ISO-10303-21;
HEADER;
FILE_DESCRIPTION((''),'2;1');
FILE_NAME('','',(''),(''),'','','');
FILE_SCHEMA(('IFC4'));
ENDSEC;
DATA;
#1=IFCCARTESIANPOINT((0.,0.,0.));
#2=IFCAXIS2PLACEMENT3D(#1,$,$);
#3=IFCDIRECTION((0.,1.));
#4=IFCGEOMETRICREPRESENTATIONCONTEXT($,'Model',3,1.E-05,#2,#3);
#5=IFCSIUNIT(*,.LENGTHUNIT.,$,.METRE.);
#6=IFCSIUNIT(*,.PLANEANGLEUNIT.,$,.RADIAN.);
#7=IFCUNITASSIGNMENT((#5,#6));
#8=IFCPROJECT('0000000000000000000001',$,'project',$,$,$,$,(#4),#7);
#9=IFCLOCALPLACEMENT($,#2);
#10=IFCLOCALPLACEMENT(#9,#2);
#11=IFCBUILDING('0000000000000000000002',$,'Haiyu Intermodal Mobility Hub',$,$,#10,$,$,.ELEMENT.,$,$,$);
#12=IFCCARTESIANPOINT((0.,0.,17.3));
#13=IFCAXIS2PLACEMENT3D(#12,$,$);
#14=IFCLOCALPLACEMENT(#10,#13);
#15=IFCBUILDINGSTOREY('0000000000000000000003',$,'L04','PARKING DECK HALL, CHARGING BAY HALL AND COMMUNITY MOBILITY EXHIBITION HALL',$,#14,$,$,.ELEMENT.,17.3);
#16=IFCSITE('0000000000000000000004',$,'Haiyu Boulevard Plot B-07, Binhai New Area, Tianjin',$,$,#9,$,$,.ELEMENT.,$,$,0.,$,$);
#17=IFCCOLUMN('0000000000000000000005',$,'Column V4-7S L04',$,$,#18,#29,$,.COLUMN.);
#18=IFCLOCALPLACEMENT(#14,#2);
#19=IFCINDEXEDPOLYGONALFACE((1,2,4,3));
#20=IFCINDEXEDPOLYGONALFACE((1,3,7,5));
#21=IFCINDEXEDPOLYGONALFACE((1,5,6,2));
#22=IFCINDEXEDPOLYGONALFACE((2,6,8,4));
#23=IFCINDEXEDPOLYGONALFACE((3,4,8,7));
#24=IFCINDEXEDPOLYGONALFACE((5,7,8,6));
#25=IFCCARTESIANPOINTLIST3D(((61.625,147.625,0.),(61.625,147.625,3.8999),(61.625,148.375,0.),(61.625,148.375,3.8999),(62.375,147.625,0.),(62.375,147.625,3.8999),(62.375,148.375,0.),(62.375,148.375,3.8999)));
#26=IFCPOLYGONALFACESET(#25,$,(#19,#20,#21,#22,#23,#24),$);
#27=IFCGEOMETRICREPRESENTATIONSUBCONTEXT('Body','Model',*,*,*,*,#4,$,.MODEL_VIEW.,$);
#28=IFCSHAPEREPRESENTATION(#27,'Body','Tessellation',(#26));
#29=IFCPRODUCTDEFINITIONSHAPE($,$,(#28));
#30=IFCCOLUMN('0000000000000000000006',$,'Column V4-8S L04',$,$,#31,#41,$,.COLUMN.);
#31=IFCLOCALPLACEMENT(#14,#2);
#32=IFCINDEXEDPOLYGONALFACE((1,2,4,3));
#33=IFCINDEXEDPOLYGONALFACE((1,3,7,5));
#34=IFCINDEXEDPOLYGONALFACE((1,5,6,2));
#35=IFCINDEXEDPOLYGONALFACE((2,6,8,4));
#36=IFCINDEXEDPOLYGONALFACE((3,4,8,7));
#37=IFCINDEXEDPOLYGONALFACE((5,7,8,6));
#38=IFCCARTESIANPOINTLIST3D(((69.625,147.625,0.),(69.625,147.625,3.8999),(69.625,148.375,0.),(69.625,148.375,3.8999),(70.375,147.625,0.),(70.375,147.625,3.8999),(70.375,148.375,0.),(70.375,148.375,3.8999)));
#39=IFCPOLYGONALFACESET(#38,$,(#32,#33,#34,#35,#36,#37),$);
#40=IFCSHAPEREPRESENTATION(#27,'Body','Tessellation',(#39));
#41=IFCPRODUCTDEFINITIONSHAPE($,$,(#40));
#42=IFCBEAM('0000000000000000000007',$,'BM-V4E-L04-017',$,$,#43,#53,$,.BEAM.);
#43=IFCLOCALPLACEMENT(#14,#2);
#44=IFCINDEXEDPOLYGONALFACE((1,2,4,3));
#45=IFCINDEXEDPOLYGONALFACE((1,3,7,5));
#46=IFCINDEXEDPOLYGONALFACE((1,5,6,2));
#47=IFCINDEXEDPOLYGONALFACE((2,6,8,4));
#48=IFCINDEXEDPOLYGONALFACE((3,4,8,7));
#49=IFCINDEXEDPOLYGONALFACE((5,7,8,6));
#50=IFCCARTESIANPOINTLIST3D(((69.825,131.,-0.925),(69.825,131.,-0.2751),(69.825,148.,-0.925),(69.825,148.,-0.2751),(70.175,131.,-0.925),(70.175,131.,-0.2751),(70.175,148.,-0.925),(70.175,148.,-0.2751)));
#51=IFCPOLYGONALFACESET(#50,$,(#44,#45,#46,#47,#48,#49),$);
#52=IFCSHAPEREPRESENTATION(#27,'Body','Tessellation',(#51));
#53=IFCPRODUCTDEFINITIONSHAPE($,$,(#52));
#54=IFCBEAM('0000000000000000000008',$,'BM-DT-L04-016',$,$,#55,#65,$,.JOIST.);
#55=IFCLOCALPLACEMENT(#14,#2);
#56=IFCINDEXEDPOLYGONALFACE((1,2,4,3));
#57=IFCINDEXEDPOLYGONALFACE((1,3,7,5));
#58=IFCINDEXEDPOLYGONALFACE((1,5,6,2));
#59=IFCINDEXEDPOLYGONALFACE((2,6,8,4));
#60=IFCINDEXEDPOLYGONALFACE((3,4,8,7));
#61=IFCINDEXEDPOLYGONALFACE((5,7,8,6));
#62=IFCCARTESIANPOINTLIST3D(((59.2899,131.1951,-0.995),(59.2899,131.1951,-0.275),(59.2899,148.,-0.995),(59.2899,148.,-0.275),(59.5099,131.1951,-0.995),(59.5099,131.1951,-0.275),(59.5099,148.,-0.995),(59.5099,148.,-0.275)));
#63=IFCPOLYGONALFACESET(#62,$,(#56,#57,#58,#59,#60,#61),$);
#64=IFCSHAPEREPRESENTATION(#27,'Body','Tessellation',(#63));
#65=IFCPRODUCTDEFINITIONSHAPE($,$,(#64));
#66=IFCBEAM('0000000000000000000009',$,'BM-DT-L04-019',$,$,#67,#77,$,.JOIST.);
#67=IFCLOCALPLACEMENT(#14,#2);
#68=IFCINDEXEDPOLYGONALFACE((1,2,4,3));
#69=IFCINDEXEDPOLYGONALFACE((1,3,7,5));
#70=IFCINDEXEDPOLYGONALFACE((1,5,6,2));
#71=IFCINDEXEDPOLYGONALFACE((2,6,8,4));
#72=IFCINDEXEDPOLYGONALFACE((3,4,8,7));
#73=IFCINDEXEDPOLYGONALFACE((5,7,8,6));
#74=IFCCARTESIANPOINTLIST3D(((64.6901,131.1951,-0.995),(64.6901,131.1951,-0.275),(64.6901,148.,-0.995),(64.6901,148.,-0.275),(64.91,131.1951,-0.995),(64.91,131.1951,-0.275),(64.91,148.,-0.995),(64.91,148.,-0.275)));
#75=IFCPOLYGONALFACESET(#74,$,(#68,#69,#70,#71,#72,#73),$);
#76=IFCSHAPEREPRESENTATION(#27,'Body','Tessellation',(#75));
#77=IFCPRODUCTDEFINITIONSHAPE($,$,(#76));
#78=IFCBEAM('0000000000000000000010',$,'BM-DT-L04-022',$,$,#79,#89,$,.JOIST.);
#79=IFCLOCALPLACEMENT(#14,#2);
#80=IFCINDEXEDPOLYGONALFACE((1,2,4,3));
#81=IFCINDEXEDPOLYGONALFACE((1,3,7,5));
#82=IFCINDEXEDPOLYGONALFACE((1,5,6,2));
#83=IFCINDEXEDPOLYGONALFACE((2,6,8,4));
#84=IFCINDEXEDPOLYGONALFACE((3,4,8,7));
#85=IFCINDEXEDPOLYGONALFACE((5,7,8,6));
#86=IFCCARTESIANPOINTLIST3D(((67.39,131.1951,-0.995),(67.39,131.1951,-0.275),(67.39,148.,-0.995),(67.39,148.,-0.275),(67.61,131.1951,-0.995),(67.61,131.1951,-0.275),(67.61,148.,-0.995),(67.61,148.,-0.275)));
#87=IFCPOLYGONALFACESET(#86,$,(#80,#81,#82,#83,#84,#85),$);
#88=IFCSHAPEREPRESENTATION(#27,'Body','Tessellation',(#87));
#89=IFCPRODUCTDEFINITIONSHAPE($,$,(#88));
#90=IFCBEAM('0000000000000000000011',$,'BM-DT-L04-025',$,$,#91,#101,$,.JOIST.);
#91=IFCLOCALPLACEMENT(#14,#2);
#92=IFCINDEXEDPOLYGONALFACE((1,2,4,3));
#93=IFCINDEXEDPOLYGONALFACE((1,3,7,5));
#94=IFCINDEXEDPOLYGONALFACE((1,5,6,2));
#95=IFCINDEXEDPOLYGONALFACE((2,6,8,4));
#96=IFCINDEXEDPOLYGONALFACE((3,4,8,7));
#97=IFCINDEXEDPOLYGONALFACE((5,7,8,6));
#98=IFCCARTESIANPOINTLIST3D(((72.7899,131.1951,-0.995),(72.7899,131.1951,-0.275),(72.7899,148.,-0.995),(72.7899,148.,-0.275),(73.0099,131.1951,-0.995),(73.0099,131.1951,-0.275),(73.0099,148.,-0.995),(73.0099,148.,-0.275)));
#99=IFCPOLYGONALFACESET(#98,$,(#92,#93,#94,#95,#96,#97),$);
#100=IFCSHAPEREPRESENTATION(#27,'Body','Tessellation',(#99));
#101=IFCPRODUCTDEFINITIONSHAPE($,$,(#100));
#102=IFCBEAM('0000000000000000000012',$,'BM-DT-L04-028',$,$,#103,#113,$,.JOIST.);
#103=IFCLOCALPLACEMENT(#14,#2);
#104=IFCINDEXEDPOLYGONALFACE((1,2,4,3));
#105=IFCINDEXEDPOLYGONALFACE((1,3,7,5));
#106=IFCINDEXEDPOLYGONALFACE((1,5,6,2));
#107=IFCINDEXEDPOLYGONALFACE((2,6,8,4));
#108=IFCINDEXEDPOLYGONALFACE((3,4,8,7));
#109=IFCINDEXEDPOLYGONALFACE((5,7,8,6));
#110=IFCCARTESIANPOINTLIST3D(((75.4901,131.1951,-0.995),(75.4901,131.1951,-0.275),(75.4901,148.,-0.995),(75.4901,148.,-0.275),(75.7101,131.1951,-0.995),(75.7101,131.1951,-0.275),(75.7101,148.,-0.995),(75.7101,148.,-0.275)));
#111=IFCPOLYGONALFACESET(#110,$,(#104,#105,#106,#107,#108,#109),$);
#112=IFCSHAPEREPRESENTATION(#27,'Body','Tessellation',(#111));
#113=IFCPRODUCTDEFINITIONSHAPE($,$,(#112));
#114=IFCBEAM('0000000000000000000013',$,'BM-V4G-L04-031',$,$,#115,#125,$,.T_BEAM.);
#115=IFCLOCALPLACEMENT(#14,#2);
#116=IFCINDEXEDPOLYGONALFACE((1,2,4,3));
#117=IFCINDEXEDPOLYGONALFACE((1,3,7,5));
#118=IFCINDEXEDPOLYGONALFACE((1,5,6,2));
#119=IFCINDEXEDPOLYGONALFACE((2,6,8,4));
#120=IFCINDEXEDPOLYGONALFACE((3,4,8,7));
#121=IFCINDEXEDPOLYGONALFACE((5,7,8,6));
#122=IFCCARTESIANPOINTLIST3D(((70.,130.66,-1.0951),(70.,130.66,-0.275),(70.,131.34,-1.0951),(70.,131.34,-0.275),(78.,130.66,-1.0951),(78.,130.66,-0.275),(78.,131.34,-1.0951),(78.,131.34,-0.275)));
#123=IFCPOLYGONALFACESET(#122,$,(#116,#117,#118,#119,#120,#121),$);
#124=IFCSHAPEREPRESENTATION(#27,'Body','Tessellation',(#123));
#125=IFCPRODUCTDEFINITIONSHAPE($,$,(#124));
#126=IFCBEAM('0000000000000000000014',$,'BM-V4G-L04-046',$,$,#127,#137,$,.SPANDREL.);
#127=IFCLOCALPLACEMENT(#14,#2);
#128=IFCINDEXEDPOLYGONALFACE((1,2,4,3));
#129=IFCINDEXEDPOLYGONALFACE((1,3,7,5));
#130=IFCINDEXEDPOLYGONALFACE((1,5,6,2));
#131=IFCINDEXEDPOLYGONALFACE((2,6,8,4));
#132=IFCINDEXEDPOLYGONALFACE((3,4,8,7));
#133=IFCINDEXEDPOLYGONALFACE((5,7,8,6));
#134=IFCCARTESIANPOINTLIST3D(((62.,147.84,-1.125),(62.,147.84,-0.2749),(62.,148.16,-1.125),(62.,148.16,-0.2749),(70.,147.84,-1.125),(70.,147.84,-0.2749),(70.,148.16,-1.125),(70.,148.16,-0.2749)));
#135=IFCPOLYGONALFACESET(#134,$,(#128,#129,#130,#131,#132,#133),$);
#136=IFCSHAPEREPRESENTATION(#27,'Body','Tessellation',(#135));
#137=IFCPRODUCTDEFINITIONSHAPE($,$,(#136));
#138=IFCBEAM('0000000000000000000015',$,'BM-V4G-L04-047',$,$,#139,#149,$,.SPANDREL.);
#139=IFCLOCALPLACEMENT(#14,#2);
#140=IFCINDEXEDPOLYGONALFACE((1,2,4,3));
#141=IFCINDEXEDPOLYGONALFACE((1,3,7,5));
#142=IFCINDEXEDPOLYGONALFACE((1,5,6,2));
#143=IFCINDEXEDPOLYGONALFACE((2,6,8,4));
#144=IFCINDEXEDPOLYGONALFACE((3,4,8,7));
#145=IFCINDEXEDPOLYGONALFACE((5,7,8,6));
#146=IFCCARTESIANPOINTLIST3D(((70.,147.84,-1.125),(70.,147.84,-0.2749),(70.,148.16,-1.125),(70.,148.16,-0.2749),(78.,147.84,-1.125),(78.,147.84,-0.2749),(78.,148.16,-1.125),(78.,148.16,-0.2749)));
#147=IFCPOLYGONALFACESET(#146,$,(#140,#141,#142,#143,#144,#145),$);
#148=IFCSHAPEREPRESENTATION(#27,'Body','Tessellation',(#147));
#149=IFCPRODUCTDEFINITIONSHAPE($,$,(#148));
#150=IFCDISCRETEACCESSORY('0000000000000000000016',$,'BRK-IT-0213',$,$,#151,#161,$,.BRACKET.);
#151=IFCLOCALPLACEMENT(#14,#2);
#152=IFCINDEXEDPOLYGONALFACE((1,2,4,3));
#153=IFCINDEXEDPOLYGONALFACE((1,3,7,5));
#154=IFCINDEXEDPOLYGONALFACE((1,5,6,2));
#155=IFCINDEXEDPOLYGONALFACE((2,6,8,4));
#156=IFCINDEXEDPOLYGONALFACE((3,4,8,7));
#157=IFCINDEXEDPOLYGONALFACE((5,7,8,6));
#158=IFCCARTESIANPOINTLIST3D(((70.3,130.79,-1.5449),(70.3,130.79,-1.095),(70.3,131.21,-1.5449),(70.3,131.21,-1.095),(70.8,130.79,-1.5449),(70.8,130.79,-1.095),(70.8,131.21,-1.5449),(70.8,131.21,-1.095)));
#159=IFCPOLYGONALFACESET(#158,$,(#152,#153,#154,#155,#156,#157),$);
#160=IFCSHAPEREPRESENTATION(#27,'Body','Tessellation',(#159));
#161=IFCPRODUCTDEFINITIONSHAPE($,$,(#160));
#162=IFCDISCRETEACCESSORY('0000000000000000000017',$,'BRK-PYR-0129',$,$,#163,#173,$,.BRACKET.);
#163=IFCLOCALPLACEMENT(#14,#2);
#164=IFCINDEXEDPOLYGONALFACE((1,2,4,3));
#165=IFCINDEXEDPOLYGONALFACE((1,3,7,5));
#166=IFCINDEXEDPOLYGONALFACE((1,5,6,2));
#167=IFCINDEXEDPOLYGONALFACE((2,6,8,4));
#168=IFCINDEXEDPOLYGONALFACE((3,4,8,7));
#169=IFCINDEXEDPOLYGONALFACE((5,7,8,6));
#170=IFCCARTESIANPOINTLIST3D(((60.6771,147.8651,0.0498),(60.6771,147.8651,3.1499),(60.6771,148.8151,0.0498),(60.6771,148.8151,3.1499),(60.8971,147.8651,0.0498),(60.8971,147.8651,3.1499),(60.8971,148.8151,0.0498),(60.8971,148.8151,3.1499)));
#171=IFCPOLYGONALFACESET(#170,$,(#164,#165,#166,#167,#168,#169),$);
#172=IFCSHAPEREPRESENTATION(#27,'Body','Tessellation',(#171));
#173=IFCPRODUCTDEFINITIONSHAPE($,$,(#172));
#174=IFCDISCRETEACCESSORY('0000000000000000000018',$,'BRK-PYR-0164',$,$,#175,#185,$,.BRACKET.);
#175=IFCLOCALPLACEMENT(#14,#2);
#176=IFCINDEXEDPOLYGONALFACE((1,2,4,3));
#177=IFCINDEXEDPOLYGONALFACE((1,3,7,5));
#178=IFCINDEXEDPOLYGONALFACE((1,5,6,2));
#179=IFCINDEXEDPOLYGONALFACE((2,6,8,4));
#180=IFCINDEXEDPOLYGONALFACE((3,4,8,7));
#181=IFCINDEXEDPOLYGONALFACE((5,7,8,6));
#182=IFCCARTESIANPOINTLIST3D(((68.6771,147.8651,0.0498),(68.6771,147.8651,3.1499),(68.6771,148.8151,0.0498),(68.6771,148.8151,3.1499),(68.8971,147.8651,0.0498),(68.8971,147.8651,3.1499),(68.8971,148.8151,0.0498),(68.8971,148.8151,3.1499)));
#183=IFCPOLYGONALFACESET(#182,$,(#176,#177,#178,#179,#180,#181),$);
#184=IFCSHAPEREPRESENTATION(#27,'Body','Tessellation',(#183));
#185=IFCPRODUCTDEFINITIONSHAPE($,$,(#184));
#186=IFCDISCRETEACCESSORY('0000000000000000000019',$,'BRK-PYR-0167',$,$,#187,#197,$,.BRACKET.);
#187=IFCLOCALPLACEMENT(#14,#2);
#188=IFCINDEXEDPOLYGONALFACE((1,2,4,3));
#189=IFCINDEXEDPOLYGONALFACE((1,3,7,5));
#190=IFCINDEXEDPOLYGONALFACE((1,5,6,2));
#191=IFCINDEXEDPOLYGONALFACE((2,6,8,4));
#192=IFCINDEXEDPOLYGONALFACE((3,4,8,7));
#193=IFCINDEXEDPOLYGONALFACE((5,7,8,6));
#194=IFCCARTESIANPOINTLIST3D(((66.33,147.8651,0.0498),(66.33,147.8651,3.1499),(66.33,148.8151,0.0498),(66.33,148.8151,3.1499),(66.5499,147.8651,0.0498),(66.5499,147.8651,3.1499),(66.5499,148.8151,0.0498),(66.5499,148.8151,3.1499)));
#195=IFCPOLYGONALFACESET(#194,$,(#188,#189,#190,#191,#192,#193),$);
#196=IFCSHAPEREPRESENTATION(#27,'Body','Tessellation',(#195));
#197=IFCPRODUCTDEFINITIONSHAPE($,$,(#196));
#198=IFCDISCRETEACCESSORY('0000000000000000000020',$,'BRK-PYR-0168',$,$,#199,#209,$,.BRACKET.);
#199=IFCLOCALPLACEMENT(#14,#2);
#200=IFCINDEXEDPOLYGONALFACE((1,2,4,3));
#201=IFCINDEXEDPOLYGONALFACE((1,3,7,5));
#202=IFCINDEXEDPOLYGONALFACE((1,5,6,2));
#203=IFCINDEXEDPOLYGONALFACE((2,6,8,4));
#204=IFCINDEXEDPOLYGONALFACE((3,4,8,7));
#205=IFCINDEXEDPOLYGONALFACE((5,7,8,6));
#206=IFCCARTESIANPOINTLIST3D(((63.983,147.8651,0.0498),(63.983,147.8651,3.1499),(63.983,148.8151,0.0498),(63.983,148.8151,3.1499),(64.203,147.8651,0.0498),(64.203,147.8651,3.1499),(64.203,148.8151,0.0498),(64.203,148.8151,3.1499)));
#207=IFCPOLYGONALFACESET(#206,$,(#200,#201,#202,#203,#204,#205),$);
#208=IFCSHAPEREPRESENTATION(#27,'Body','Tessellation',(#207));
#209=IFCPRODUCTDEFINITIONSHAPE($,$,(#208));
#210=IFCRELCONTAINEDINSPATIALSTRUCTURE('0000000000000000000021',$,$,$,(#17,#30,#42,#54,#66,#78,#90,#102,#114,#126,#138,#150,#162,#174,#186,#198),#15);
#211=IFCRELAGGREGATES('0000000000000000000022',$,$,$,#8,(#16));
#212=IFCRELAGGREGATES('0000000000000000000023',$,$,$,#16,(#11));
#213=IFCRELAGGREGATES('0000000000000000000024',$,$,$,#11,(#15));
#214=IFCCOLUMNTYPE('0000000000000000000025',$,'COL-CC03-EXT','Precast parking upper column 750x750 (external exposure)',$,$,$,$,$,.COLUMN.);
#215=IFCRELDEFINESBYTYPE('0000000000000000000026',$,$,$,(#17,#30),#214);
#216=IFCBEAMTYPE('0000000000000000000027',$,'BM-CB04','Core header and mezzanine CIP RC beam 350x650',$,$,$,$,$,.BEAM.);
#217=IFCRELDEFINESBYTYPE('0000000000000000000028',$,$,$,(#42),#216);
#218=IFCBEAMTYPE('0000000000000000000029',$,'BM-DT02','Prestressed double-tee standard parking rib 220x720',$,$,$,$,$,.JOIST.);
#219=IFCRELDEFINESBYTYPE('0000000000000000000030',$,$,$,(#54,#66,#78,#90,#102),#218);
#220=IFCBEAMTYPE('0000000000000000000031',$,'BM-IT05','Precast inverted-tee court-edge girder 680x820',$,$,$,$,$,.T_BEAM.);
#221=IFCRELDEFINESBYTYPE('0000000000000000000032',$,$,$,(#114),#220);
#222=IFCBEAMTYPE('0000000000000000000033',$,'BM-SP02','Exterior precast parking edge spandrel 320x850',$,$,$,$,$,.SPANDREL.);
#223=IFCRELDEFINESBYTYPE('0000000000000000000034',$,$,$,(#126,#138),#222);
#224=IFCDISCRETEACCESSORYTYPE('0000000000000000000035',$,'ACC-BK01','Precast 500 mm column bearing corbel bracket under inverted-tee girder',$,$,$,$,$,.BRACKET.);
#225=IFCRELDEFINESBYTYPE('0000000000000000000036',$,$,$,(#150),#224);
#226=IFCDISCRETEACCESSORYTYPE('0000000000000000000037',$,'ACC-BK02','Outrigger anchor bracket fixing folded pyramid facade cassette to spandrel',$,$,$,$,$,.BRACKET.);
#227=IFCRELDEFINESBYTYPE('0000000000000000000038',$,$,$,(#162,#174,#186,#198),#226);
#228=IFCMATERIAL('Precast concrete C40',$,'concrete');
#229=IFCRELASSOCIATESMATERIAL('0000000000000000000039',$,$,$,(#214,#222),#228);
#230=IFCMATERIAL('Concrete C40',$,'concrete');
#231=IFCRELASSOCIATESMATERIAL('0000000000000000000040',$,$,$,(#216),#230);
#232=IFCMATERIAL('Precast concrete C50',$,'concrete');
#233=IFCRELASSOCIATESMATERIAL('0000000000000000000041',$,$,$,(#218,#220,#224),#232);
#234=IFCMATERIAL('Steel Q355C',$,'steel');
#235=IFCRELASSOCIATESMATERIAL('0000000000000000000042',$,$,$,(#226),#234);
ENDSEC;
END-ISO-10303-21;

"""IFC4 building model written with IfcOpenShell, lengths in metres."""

from ifc_helpers import new_model, si_unit, direction, frame, origin, origin_2d, place, context, subcontext, project, spatial, rectangle, extrude, material, material_profile, profile_set, type_object, element, save


model = new_model("IFC4")

# Units and contexts
model_context = context("Model", 3, precision=1e-05, world=origin(), true_north=direction((0.0, 1.0)))
body_context = subcontext(model_context, "Body", "Model", "MODEL_VIEW")
ifc_project = project(units=[si_unit("LENGTHUNIT", "METRE"), si_unit("PLANEANGLEUNIT", "RADIAN")], contexts=[model_context])

# Site, building, storey
site_placement = place(None, origin())
site = spatial("IfcSite", under=ifc_project, at=site_placement, Name="Haiyu Boulevard Plot B-07, Binhai New Area, Tianjin", CompositionType="ELEMENT", RefElevation=0.0)
building_placement = place(site_placement, origin())
building = spatial("IfcBuilding", under=site, at=building_placement, Name="Haiyu Intermodal Mobility Hub", CompositionType="ELEMENT")
storey_placement = place(building_placement, frame((0.0, 0.0, 17.3)))
storey = spatial("IfcBuildingStorey", under=building, at=storey_placement, Name="L04", Description="PARKING DECK HALL, CHARGING BAY HALL AND COMMUNITY MOBILITY EXHIBITION HALL", CompositionType="ELEMENT", Elevation=17.3)

# Columns
ifc_material_1 = material(Name="Precast concrete C40", Category="concrete")
ifc_material_profile_1 = material_profile(ifc_material_1, rectangle(XDim=0.75, YDim=0.75, at=origin_2d()), Name="RC750x750")
ifc_profile_set_1 = profile_set([ifc_material_profile_1], Name="Precast concrete C40")
column_type = type_object("IfcColumnType", Name="COL-CC03-EXT", Description="Precast parking upper column 750x750 (external exposure)", PredefinedType="COLUMN", material=ifc_profile_set_1)
for number, where, z_axis, x_axis, name in (
    (1, (62.0, 148.0, 0.0), (0.0, 0.0, 1.0), (1.0, 0.0, 0.0), "Column V4-7S L04"),
    (2, (70.0, 148.0, 0.0), (0.0, 0.0, 1.0), (1.0, 0.0, 0.0), "Column V4-8S L04"),
):
    element("IfcColumn", number, at=place(storey_placement, frame(where, z_axis=z_axis, x_axis=x_axis)), inside=storey, type_object=column_type, Name=name, PredefinedType="COLUMN", context=body_context, shape_type="SweptSolid", body=[
        extrude(rectangle(XDim=0.75, YDim=0.75, at=origin_2d()), origin(), (0.0, 0.0, 1.0), 3.8999),
    ])

# Beams
ifc_material_2 = material(Name="Concrete C40", Category="concrete")
ifc_material_profile_2 = material_profile(ifc_material_2, rectangle(XDim=0.3501, YDim=0.6499, at=origin_2d()), Name="RCB350x650")
ifc_profile_set_2 = profile_set([ifc_material_profile_2], Name="Concrete C40")
beam_type_1 = type_object("IfcBeamType", Name="BM-CB04", Description="Core header and mezzanine CIP RC beam 350x650", PredefinedType="BEAM", material=ifc_profile_set_2)
beam_1_placement = place(storey_placement, frame((70.0, 131.0, -0.6001), z_axis=(0.0, 1.0, 0.0), x_axis=(-1.0, 0.0, 0.0)))
element("IfcBeam", 3, at=beam_1_placement, inside=storey, type_object=beam_type_1, Name="BM-V4E-L04-017", PredefinedType="BEAM", context=body_context, shape_type="SweptSolid", body=[
    extrude(rectangle(XDim=0.3501, YDim=0.6499, at=origin_2d()), origin(), (0.0, 0.0, 1.0), 17.0),
])
ifc_material_3 = material(Name="Precast concrete C50", Category="concrete")
ifc_material_profile_3 = material_profile(ifc_material_3, rectangle(XDim=0.22, YDim=0.72, at=origin_2d()), Name="PC220x720")
ifc_profile_set_3 = profile_set([ifc_material_profile_3], Name="Precast concrete C50")
beam_type_2 = type_object("IfcBeamType", Name="BM-DT02", Description="Prestressed double-tee standard parking rib 220x720", PredefinedType="JOIST", material=ifc_profile_set_3)
for number, where, z_axis, x_axis, name in (
    (4, (59.3999, 131.1951, -0.635), (0.0, 1.0, 0.0), (-1.0, 0.0, 0.0), "BM-DT-L04-016"),
    (5, (64.8, 131.1951, -0.635), (0.0, 1.0, 0.0), (-1.0, 0.0, 0.0), "BM-DT-L04-019"),
    (6, (67.5, 131.1951, -0.635), (0.0, 1.0, 0.0), (-1.0, 0.0, 0.0), "BM-DT-L04-022"),
    (7, (72.8999, 131.1951, -0.635), (0.0, 1.0, 0.0), (-1.0, 0.0, 0.0), "BM-DT-L04-025"),
    (8, (75.6001, 131.1951, -0.635), (0.0, 1.0, 0.0), (-1.0, 0.0, 0.0), "BM-DT-L04-028"),
):
    element("IfcBeam", number, at=place(storey_placement, frame(where, z_axis=z_axis, x_axis=x_axis)), inside=storey, type_object=beam_type_2, Name=name, PredefinedType="JOIST", context=body_context, shape_type="SweptSolid", body=[
        extrude(rectangle(XDim=0.22, YDim=0.72, at=origin_2d()), origin(), (0.0, 0.0, 1.0), 16.8049),
    ])
ifc_material_profile_4 = material_profile(ifc_material_3, rectangle(XDim=0.6799, YDim=0.8201, at=origin_2d()), Name="B680x820")
ifc_profile_set_4 = profile_set([ifc_material_profile_4], Name="Precast concrete C50")
beam_type_3 = type_object("IfcBeamType", Name="BM-IT05", Description="Precast inverted-tee court-edge girder 680x820", PredefinedType="T_BEAM", material=ifc_profile_set_4)
beam_2_placement = place(storey_placement, frame((70.0, 131.0, -0.6851), z_axis=(1.0, 0.0, 0.0), x_axis=(0.0, 1.0, 0.0)))
element("IfcBeam", 9, at=beam_2_placement, inside=storey, type_object=beam_type_3, Name="BM-V4G-L04-031", PredefinedType="T_BEAM", context=body_context, shape_type="SweptSolid", body=[
    extrude(rectangle(XDim=0.6799, YDim=0.8201, at=origin_2d()), origin(), (0.0, 0.0, 1.0), 8.0),
])
ifc_material_profile_5 = material_profile(ifc_material_1, rectangle(XDim=0.3201, YDim=0.8501, at=origin_2d()), Name="PC320x850")
ifc_profile_set_5 = profile_set([ifc_material_profile_5], Name="Precast concrete C40")
beam_type_4 = type_object("IfcBeamType", Name="BM-SP02", Description="Exterior precast parking edge spandrel 320x850", PredefinedType="SPANDREL", material=ifc_profile_set_5)
for number, where, z_axis, x_axis, name in (
    (10, (62.0, 148.0, -0.7), (1.0, 0.0, 0.0), (0.0, 1.0, 0.0), "BM-V4G-L04-046"),
    (11, (70.0, 148.0, -0.7), (1.0, 0.0, 0.0), (0.0, 1.0, 0.0), "BM-V4G-L04-047"),
):
    element("IfcBeam", number, at=place(storey_placement, frame(where, z_axis=z_axis, x_axis=x_axis)), inside=storey, type_object=beam_type_4, Name=name, PredefinedType="SPANDREL", context=body_context, shape_type="SweptSolid", body=[
        extrude(rectangle(XDim=0.3201, YDim=0.8501, at=origin_2d()), origin(), (0.0, 0.0, 1.0), 8.0),
    ])

# Shared definitions
ifc_material_4 = material(Name="Steel Q355C", Category="steel")

# Discrete accessories
discrete_accessory_type_1 = type_object("IfcDiscreteAccessoryType", Name="ACC-BK01", Description="Precast 500 mm column bearing corbel bracket under inverted-tee girder", PredefinedType="BRACKET", material=ifc_material_3)
discrete_accessory_placement = place(storey_placement, frame((70.55, 131.0, -1.5449), z_axis=(0.0, 0.0, 1.0), x_axis=(1.0, 0.0, 0.0)))
element("IfcDiscreteAccessory", 12, at=discrete_accessory_placement, inside=storey, type_object=discrete_accessory_type_1, Name="BRK-IT-0213", PredefinedType="BRACKET", context=body_context, shape_type="SweptSolid", body=[
    extrude(rectangle(XDim=0.5, YDim=0.4199, at=origin_2d()), origin(), (0.0, 0.0, 1.0), 0.45),
])
discrete_accessory_type_2 = type_object("IfcDiscreteAccessoryType", Name="ACC-BK02", Description="Outrigger anchor bracket fixing folded pyramid facade cassette to spandrel", PredefinedType="BRACKET", material=ifc_material_4)
for number, where, z_axis, x_axis, name in (
    (13, (60.7871, 148.3401, 0.0498), (0.0, 0.0, 1.0), (1.0, 0.0, 0.0), "BRK-PYR-0129"),
    (14, (68.7871, 148.3401, 0.0498), (0.0, 0.0, 1.0), (1.0, 0.0, 0.0), "BRK-PYR-0164"),
    (15, (66.4399, 148.3401, 0.0498), (0.0, 0.0, 1.0), (1.0, 0.0, 0.0), "BRK-PYR-0167"),
    (16, (64.093, 148.3401, 0.0498), (0.0, 0.0, 1.0), (1.0, 0.0, 0.0), "BRK-PYR-0168"),
):
    element("IfcDiscreteAccessory", number, at=place(storey_placement, frame(where, z_axis=z_axis, x_axis=x_axis)), inside=storey, type_object=discrete_accessory_type_2, Name=name, PredefinedType="BRACKET", context=body_context, shape_type="SweptSolid", body=[
        extrude(rectangle(XDim=0.22, YDim=0.95, at=origin_2d()), origin(), (0.0, 0.0, 1.0), 3.1001),
    ])

save(model, "model.ifc")
